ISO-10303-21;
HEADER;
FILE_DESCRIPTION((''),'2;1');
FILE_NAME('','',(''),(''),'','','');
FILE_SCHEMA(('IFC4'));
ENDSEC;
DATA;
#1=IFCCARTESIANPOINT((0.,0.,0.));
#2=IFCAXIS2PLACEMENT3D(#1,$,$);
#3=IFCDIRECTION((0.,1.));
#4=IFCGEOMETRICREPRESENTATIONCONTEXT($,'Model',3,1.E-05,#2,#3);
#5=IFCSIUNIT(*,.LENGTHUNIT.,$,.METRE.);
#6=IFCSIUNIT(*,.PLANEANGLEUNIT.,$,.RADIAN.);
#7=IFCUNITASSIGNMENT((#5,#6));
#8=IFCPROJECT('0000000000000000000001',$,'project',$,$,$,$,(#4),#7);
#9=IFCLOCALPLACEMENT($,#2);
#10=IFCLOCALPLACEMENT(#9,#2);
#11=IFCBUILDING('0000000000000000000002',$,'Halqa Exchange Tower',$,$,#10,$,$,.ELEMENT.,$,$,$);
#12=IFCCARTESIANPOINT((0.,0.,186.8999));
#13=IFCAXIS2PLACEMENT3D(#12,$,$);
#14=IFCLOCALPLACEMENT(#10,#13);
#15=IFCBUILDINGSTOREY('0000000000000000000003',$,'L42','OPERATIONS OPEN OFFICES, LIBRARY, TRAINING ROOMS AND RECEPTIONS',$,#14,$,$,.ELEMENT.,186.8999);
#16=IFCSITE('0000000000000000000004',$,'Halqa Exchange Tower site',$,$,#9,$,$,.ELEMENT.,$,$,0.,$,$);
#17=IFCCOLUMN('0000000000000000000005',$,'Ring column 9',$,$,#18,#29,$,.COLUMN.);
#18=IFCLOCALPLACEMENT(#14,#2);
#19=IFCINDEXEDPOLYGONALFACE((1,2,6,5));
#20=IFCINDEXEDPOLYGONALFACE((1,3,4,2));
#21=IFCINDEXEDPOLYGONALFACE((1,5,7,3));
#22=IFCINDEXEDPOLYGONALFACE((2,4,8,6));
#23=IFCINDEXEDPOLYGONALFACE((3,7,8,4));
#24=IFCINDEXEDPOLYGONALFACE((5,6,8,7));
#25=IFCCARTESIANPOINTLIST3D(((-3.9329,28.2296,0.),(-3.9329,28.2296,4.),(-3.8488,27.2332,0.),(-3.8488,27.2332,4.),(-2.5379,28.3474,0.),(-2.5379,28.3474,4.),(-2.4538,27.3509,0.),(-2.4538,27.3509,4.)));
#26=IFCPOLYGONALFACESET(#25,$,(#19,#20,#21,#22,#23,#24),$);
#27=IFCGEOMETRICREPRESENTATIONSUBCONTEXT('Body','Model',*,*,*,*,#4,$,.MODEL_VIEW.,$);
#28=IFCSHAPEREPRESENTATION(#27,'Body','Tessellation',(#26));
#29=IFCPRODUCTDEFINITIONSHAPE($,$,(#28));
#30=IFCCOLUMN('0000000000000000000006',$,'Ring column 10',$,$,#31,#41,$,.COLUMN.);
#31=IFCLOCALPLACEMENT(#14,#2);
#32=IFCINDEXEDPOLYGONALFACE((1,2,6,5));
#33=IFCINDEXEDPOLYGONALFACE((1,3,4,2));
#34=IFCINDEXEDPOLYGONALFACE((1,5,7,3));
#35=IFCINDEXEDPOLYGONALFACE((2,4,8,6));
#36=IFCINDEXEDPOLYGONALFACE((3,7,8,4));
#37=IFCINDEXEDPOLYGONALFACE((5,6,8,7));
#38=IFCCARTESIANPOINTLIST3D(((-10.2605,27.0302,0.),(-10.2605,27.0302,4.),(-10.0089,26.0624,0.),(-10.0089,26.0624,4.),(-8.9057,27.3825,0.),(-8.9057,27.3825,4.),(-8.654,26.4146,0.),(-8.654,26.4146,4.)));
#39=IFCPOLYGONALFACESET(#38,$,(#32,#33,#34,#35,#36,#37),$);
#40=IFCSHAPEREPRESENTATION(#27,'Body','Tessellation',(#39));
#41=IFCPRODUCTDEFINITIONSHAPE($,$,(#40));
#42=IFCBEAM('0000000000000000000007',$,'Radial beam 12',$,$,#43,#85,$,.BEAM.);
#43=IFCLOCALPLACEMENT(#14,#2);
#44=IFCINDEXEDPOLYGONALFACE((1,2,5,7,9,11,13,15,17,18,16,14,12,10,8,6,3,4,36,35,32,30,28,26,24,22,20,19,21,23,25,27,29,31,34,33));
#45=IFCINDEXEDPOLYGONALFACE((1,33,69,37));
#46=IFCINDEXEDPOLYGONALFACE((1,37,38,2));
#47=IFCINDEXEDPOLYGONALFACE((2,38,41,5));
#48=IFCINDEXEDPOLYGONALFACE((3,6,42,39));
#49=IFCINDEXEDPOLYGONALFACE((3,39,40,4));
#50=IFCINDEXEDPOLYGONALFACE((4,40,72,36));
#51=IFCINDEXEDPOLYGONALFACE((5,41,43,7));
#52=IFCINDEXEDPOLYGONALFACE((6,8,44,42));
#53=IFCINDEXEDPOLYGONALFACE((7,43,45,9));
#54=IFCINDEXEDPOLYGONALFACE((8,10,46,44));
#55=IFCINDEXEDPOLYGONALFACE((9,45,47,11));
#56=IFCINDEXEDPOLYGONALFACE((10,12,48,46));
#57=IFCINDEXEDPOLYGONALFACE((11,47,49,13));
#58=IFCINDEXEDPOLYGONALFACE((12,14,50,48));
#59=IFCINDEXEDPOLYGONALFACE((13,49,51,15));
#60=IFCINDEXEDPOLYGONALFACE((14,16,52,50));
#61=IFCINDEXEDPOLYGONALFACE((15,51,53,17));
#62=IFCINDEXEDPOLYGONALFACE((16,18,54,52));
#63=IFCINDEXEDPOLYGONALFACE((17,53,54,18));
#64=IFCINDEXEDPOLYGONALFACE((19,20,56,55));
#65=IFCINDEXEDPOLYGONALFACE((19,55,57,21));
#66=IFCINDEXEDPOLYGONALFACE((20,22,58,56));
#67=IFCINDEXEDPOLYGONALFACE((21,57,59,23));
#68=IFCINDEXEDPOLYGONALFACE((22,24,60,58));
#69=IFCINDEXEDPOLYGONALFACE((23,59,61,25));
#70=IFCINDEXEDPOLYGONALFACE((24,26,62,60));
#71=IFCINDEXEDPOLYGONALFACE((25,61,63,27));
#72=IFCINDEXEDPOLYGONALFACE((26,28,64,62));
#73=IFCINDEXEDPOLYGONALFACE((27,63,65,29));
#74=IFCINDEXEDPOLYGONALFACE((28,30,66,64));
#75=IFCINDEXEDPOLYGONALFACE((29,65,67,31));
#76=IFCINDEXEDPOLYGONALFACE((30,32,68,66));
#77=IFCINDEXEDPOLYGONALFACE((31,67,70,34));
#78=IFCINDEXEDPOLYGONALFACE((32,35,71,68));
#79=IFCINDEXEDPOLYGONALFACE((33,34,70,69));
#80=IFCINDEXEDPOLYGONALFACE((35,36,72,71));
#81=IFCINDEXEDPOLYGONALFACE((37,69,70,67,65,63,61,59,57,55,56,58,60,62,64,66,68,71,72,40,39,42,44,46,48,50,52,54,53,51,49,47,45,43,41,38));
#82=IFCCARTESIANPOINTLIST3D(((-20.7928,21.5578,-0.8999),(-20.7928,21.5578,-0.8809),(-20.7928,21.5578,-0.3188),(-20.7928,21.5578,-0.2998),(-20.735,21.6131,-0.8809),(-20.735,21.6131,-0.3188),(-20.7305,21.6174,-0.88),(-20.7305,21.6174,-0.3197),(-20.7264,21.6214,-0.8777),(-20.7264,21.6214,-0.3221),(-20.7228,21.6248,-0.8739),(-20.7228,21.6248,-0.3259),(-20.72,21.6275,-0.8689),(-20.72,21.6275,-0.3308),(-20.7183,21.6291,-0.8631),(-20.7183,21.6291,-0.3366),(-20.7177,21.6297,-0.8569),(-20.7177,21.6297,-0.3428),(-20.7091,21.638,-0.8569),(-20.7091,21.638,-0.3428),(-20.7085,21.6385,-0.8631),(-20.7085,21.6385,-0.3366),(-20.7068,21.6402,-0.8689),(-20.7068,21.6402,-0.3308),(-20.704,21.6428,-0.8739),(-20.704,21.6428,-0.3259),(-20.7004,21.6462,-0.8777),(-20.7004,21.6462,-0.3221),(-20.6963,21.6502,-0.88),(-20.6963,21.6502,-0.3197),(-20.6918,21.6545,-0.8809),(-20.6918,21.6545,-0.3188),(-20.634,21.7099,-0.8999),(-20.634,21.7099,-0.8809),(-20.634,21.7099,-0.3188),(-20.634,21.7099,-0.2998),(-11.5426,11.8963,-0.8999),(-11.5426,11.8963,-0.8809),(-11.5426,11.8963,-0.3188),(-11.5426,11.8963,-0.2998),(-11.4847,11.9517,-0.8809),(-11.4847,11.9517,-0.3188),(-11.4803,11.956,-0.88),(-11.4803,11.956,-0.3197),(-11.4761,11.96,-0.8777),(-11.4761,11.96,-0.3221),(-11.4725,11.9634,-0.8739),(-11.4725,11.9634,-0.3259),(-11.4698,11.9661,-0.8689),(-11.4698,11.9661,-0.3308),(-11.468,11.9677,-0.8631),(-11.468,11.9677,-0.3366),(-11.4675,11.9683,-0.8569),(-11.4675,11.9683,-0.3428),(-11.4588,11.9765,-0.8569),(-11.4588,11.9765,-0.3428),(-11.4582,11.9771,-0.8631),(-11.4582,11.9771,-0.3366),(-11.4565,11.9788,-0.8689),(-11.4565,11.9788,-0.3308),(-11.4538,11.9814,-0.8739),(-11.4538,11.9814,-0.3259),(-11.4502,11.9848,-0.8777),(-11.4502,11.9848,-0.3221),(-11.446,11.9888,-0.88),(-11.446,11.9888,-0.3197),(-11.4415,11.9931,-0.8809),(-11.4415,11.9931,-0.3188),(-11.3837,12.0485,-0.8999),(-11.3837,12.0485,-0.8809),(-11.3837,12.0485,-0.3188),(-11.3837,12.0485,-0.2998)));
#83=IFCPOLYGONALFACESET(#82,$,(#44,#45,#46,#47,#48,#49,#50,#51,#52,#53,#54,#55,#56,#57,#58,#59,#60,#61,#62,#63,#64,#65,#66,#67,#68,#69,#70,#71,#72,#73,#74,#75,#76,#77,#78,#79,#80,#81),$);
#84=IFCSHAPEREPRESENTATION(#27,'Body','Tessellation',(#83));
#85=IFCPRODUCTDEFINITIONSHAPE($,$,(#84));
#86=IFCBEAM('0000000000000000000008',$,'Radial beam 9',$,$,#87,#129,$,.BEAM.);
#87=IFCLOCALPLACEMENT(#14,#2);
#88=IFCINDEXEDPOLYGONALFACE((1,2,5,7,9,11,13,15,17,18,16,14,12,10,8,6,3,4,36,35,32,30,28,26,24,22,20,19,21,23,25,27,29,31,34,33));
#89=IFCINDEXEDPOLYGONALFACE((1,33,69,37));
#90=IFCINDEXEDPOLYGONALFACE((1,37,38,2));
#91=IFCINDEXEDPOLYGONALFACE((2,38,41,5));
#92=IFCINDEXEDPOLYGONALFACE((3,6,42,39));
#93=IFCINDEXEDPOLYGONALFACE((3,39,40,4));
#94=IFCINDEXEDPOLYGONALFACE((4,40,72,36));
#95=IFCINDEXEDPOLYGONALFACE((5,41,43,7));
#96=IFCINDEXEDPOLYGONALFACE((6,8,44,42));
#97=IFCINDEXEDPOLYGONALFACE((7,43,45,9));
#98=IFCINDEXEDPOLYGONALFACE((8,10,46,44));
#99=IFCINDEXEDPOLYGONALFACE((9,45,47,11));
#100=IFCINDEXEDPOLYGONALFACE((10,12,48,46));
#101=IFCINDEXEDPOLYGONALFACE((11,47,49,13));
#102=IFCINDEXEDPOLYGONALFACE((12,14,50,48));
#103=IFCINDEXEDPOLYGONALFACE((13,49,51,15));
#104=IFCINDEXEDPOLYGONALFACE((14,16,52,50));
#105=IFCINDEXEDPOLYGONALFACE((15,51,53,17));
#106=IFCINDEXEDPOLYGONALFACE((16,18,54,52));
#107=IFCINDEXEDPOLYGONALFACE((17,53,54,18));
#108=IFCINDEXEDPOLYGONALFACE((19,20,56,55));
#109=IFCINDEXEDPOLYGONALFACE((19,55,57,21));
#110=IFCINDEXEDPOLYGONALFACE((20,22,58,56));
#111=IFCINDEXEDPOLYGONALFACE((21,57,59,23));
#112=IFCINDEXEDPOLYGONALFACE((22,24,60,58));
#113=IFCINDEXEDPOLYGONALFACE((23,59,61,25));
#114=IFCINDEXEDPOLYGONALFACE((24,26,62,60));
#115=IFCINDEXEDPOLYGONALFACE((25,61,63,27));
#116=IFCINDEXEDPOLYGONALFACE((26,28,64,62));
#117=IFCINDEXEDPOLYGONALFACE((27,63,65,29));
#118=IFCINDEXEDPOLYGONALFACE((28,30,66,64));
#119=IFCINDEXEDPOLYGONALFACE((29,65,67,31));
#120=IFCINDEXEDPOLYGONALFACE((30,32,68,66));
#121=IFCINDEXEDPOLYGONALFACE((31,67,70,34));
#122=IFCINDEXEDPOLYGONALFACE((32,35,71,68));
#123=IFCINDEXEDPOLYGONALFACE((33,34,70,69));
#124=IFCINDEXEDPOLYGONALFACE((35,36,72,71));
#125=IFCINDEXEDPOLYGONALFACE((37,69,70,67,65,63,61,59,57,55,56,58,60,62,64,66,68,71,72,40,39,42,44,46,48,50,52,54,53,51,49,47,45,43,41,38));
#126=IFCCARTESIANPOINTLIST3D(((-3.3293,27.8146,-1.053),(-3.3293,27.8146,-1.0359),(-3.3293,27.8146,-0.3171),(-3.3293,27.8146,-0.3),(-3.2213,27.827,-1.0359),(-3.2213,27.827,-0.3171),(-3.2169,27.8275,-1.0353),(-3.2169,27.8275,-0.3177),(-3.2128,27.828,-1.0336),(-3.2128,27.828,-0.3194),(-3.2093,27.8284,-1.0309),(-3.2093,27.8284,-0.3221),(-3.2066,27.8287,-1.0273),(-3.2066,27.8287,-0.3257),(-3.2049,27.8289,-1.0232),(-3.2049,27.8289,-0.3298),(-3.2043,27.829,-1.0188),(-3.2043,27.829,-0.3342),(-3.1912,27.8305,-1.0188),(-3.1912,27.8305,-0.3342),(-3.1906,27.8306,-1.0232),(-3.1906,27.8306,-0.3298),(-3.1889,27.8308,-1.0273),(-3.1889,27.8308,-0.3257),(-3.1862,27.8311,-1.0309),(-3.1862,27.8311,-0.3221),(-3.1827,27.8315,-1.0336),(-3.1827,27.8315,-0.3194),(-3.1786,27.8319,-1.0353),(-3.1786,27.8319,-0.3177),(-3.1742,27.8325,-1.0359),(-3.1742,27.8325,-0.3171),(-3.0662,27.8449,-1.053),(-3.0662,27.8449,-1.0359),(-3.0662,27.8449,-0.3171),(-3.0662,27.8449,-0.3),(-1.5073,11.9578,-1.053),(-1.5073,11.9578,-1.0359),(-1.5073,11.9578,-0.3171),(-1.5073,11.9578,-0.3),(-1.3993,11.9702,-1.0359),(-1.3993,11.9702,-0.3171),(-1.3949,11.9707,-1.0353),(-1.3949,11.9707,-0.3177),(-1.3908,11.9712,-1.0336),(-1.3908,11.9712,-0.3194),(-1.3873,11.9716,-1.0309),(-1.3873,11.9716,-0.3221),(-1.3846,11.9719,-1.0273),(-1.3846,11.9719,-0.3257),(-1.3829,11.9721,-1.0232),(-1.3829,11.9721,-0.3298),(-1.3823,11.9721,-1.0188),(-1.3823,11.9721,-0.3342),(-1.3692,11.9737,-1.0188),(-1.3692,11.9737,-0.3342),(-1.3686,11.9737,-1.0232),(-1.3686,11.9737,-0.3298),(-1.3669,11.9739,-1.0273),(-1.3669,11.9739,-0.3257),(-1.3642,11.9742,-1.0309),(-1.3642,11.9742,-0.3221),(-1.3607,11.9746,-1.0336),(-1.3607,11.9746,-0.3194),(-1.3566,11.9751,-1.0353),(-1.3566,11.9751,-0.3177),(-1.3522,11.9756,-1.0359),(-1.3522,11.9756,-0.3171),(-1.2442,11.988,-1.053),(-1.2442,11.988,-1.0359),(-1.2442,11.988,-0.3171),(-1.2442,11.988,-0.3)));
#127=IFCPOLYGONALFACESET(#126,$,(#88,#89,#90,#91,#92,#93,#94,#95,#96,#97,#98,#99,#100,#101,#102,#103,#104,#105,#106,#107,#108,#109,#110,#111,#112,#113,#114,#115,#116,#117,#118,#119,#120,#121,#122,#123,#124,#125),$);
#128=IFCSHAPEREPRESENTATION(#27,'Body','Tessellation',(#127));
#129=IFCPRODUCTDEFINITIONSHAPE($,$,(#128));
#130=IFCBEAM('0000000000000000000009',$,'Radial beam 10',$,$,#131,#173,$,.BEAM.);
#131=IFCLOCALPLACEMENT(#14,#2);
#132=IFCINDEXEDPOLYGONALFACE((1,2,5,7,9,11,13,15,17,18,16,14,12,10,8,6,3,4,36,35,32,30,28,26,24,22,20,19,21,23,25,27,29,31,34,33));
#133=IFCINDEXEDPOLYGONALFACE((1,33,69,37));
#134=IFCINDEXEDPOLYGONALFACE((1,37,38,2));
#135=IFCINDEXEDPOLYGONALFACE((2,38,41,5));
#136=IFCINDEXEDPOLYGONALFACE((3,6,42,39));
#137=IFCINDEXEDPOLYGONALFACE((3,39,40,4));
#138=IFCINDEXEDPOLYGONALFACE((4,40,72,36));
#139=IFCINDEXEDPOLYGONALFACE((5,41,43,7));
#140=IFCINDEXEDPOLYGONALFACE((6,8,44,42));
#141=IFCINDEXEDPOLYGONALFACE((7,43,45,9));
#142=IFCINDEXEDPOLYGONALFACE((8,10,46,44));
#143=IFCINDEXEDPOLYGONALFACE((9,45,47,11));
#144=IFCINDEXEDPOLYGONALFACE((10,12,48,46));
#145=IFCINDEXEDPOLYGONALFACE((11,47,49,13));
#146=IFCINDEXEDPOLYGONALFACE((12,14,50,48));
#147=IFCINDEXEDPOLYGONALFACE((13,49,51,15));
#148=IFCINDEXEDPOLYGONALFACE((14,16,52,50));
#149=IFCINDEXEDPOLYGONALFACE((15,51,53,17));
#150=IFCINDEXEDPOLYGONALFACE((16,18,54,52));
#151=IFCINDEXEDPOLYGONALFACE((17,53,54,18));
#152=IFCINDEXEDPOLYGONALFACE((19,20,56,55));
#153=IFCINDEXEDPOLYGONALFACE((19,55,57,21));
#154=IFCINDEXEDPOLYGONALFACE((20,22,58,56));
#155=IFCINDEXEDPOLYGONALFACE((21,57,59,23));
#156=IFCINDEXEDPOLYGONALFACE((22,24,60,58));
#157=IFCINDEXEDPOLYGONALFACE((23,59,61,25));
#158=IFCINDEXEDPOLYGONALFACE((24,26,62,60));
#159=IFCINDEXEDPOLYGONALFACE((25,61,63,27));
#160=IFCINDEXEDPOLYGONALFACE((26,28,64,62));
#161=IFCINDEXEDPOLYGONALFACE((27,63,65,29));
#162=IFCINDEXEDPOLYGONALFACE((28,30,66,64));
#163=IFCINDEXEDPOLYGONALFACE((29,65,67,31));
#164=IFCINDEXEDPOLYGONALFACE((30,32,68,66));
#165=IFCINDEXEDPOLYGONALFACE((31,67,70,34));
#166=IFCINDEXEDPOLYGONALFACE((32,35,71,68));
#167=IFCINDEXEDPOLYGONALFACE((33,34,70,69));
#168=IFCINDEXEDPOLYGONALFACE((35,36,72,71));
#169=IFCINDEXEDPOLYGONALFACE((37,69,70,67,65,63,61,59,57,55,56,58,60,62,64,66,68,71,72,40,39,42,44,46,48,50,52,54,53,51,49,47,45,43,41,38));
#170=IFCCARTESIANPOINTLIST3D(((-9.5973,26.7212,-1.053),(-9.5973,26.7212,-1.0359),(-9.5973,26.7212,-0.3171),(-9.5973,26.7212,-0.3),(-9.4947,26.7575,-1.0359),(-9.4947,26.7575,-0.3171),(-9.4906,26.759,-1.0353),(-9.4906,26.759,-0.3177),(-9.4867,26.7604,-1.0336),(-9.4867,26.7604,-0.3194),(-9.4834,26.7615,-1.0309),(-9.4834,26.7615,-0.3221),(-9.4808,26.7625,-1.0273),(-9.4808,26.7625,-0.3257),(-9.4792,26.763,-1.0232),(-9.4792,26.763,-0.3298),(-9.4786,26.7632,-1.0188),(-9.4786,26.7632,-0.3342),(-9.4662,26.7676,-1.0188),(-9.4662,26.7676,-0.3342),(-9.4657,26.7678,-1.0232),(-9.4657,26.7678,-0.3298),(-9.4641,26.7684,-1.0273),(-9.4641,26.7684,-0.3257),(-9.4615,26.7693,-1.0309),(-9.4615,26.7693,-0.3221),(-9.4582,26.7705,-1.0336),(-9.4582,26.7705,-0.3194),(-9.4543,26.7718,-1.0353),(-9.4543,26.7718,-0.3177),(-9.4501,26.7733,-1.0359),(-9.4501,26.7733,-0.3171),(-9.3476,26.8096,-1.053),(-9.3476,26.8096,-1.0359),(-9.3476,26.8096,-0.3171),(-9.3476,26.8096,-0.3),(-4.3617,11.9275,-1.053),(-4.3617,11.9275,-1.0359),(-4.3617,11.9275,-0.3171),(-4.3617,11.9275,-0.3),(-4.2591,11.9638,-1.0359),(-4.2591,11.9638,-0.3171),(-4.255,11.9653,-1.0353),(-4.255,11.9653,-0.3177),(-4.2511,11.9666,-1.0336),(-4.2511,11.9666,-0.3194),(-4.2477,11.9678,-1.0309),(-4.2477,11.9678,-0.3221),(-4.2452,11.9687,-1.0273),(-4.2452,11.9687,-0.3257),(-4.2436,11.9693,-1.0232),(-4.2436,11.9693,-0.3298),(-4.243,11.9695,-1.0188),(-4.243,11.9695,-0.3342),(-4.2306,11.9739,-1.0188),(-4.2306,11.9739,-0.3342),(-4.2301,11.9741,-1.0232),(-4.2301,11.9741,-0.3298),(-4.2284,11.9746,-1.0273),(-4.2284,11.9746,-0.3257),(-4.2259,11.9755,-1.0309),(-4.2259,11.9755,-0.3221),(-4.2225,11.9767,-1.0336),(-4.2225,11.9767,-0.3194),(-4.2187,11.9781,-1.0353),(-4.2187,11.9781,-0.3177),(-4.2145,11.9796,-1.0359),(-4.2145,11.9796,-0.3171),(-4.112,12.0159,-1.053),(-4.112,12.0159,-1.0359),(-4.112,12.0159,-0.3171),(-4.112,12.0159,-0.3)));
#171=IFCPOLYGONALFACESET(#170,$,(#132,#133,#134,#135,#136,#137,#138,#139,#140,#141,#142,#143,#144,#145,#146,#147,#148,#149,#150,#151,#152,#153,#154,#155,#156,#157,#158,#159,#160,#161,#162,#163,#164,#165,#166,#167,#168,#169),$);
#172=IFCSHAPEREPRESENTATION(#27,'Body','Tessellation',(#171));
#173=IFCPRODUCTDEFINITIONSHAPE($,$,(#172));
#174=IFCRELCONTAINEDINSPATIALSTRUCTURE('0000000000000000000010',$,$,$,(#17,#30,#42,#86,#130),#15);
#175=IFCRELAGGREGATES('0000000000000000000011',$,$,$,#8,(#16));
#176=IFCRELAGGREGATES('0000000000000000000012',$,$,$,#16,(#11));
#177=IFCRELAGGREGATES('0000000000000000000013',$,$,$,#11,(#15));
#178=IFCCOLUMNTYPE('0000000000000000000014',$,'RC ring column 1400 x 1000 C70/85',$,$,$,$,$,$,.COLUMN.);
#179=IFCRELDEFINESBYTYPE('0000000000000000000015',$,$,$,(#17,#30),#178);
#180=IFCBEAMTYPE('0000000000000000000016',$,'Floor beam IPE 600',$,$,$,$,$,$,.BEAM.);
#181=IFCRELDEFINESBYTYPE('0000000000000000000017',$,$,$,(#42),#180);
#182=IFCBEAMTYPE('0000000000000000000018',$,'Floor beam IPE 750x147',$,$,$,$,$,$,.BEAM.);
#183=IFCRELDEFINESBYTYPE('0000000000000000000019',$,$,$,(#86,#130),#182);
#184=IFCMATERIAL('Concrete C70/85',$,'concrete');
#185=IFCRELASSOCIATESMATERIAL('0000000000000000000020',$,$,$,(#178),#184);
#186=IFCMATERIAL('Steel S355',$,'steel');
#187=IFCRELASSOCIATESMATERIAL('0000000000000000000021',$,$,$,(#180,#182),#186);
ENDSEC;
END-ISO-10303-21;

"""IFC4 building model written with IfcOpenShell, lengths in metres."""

from ifc_helpers import new_model, si_unit, direction, frame, origin, origin_2d, place, context, subcontext, project, spatial, rectangle, i_section, extrude, material, material_profile, profile_set, type_object, element, save


model = new_model("IFC4")

# Units and contexts
model_context = context("Model", 3, precision=1e-05, world=origin(), true_north=direction((0.0, 1.0)))
body_context = subcontext(model_context, "Body", "Model", "MODEL_VIEW")
ifc_project = project(units=[si_unit("LENGTHUNIT", "METRE"), si_unit("PLANEANGLEUNIT", "RADIAN")], contexts=[model_context])

# Site, building, storey
site_placement = place(None, origin())
site = spatial("IfcSite", under=ifc_project, at=site_placement, Name="Halqa Exchange Tower site", CompositionType="ELEMENT", RefElevation=0.0)
building_placement = place(site_placement, origin())
building = spatial("IfcBuilding", under=site, at=building_placement, Name="Halqa Exchange Tower", CompositionType="ELEMENT")
storey_placement = place(building_placement, frame((0.0, 0.0, 186.8999)))
storey = spatial("IfcBuildingStorey", under=building, at=storey_placement, Name="L42", Description="OPERATIONS OPEN OFFICES, LIBRARY, TRAINING ROOMS AND RECEPTIONS", CompositionType="ELEMENT", Elevation=186.8999)

# Columns
ifc_material_1 = material(Name="Concrete C70/85", Category="concrete")
ifc_material_profile_1 = material_profile(ifc_material_1, rectangle(XDim=1.3999, YDim=1.0, at=origin_2d()), Name="1400 x 1000")
ifc_profile_set_1 = profile_set([ifc_material_profile_1], Name="Concrete C70/85")
column_type = type_object("IfcColumnType", Name="RC ring column 1400 x 1000 C70/85", PredefinedType="COLUMN", material=ifc_profile_set_1)
for number, where, z_axis, x_axis, name in (
    (1, (-3.1934, 27.7903, 0.0), (0.0, 0.0, 1.0), (-0.996456, -0.084116, 0.0), "Ring column 9"),
    (2, (-9.4573, 26.7224, 0.0), (0.0, 0.0, 1.0), (-0.967821, -0.25164, 0.0), "Ring column 10"),
):
    element("IfcColumn", number, at=place(storey_placement, frame(where, z_axis=z_axis, x_axis=x_axis)), inside=storey, type_object=column_type, Name=name, PredefinedType="COLUMN", context=body_context, shape_type="SweptSolid", body=[
        extrude(rectangle(XDim=1.3999, YDim=1.0, at=origin_2d()), origin(), (0.0, 0.0, 1.0), 4.0),
    ])

# Beams
ifc_material_2 = material(Name="Steel S355", Category="steel")
ifc_material_profile_2 = material_profile(ifc_material_2, i_section(OverallWidth=0.22, OverallDepth=0.6001, WebThickness=0.012, FlangeThickness=0.019, FilletRadius=0.0239, at=origin_2d()), Name="IPE 600")
ifc_profile_set_2 = profile_set([ifc_material_profile_2], Name="Steel S355")
beam_type_1 = type_object("IfcBeamType", Name="Floor beam IPE 600", PredefinedType="BEAM", material=ifc_profile_set_2)
beam_1_placement = place(storey_placement, frame((-11.4631, 11.9724, -0.5999), z_axis=(-0.691571, 0.722308, 0.0), x_axis=(-0.722308, -0.691571, 0.0)))
element("IfcBeam", 3, at=beam_1_placement, inside=storey, type_object=beam_type_1, Name="Radial beam 12", PredefinedType="BEAM", context=body_context, shape_type="SweptSolid", body=[
    extrude(i_section(OverallWidth=0.22, OverallDepth=0.6001, WebThickness=0.012, FlangeThickness=0.019, FilletRadius=0.0239, at=origin_2d()), origin(), (0.0, 0.0, 1.0), 13.3757),
])
ifc_material_profile_3 = material_profile(ifc_material_2, i_section(OverallWidth=0.2649, OverallDepth=0.7529, WebThickness=0.0132, FlangeThickness=0.0171, FilletRadius=0.0171, at=origin_2d()), Name="IPE 750x147")
ifc_profile_set_3 = profile_set([ifc_material_profile_3], Name="Steel S355")
beam_type_2 = type_object("IfcBeamType", Name="Floor beam IPE 750x147", PredefinedType="BEAM", material=ifc_profile_set_3)
beam_2_placement = place(storey_placement, frame((-1.3757, 11.9729, -0.6765), z_axis=(-0.114153, 0.993463, 0.0), x_axis=(-0.993463, -0.114153, 0.0)))
element("IfcBeam", 4, at=beam_2_placement, inside=storey, type_object=beam_type_2, Name="Radial beam 9", PredefinedType="BEAM", context=body_context, shape_type="SweptSolid", body=[
    extrude(i_section(OverallWidth=0.2649, OverallDepth=0.7529, WebThickness=0.0132, FlangeThickness=0.0171, FilletRadius=0.0171, at=origin_2d()), origin(), (0.0, 0.0, 1.0), 15.9612),
])
beam_3_placement = place(storey_placement, frame((-4.2368, 11.9717, -0.6765), z_axis=(-0.33363, 0.942704, 0.0), x_axis=(-0.942704, -0.33363, 0.0)))
element("IfcBeam", 5, at=beam_3_placement, inside=storey, type_object=beam_type_2, Name="Radial beam 10", PredefinedType="BEAM", context=body_context, shape_type="SweptSolid", body=[
    extrude(i_section(OverallWidth=0.2649, OverallDepth=0.7529, WebThickness=0.0132, FlangeThickness=0.0171, FilletRadius=0.0171, at=origin_2d()), origin(), (0.0, 0.0, 1.0), 15.6929),
])

save(model, "model.ifc")
